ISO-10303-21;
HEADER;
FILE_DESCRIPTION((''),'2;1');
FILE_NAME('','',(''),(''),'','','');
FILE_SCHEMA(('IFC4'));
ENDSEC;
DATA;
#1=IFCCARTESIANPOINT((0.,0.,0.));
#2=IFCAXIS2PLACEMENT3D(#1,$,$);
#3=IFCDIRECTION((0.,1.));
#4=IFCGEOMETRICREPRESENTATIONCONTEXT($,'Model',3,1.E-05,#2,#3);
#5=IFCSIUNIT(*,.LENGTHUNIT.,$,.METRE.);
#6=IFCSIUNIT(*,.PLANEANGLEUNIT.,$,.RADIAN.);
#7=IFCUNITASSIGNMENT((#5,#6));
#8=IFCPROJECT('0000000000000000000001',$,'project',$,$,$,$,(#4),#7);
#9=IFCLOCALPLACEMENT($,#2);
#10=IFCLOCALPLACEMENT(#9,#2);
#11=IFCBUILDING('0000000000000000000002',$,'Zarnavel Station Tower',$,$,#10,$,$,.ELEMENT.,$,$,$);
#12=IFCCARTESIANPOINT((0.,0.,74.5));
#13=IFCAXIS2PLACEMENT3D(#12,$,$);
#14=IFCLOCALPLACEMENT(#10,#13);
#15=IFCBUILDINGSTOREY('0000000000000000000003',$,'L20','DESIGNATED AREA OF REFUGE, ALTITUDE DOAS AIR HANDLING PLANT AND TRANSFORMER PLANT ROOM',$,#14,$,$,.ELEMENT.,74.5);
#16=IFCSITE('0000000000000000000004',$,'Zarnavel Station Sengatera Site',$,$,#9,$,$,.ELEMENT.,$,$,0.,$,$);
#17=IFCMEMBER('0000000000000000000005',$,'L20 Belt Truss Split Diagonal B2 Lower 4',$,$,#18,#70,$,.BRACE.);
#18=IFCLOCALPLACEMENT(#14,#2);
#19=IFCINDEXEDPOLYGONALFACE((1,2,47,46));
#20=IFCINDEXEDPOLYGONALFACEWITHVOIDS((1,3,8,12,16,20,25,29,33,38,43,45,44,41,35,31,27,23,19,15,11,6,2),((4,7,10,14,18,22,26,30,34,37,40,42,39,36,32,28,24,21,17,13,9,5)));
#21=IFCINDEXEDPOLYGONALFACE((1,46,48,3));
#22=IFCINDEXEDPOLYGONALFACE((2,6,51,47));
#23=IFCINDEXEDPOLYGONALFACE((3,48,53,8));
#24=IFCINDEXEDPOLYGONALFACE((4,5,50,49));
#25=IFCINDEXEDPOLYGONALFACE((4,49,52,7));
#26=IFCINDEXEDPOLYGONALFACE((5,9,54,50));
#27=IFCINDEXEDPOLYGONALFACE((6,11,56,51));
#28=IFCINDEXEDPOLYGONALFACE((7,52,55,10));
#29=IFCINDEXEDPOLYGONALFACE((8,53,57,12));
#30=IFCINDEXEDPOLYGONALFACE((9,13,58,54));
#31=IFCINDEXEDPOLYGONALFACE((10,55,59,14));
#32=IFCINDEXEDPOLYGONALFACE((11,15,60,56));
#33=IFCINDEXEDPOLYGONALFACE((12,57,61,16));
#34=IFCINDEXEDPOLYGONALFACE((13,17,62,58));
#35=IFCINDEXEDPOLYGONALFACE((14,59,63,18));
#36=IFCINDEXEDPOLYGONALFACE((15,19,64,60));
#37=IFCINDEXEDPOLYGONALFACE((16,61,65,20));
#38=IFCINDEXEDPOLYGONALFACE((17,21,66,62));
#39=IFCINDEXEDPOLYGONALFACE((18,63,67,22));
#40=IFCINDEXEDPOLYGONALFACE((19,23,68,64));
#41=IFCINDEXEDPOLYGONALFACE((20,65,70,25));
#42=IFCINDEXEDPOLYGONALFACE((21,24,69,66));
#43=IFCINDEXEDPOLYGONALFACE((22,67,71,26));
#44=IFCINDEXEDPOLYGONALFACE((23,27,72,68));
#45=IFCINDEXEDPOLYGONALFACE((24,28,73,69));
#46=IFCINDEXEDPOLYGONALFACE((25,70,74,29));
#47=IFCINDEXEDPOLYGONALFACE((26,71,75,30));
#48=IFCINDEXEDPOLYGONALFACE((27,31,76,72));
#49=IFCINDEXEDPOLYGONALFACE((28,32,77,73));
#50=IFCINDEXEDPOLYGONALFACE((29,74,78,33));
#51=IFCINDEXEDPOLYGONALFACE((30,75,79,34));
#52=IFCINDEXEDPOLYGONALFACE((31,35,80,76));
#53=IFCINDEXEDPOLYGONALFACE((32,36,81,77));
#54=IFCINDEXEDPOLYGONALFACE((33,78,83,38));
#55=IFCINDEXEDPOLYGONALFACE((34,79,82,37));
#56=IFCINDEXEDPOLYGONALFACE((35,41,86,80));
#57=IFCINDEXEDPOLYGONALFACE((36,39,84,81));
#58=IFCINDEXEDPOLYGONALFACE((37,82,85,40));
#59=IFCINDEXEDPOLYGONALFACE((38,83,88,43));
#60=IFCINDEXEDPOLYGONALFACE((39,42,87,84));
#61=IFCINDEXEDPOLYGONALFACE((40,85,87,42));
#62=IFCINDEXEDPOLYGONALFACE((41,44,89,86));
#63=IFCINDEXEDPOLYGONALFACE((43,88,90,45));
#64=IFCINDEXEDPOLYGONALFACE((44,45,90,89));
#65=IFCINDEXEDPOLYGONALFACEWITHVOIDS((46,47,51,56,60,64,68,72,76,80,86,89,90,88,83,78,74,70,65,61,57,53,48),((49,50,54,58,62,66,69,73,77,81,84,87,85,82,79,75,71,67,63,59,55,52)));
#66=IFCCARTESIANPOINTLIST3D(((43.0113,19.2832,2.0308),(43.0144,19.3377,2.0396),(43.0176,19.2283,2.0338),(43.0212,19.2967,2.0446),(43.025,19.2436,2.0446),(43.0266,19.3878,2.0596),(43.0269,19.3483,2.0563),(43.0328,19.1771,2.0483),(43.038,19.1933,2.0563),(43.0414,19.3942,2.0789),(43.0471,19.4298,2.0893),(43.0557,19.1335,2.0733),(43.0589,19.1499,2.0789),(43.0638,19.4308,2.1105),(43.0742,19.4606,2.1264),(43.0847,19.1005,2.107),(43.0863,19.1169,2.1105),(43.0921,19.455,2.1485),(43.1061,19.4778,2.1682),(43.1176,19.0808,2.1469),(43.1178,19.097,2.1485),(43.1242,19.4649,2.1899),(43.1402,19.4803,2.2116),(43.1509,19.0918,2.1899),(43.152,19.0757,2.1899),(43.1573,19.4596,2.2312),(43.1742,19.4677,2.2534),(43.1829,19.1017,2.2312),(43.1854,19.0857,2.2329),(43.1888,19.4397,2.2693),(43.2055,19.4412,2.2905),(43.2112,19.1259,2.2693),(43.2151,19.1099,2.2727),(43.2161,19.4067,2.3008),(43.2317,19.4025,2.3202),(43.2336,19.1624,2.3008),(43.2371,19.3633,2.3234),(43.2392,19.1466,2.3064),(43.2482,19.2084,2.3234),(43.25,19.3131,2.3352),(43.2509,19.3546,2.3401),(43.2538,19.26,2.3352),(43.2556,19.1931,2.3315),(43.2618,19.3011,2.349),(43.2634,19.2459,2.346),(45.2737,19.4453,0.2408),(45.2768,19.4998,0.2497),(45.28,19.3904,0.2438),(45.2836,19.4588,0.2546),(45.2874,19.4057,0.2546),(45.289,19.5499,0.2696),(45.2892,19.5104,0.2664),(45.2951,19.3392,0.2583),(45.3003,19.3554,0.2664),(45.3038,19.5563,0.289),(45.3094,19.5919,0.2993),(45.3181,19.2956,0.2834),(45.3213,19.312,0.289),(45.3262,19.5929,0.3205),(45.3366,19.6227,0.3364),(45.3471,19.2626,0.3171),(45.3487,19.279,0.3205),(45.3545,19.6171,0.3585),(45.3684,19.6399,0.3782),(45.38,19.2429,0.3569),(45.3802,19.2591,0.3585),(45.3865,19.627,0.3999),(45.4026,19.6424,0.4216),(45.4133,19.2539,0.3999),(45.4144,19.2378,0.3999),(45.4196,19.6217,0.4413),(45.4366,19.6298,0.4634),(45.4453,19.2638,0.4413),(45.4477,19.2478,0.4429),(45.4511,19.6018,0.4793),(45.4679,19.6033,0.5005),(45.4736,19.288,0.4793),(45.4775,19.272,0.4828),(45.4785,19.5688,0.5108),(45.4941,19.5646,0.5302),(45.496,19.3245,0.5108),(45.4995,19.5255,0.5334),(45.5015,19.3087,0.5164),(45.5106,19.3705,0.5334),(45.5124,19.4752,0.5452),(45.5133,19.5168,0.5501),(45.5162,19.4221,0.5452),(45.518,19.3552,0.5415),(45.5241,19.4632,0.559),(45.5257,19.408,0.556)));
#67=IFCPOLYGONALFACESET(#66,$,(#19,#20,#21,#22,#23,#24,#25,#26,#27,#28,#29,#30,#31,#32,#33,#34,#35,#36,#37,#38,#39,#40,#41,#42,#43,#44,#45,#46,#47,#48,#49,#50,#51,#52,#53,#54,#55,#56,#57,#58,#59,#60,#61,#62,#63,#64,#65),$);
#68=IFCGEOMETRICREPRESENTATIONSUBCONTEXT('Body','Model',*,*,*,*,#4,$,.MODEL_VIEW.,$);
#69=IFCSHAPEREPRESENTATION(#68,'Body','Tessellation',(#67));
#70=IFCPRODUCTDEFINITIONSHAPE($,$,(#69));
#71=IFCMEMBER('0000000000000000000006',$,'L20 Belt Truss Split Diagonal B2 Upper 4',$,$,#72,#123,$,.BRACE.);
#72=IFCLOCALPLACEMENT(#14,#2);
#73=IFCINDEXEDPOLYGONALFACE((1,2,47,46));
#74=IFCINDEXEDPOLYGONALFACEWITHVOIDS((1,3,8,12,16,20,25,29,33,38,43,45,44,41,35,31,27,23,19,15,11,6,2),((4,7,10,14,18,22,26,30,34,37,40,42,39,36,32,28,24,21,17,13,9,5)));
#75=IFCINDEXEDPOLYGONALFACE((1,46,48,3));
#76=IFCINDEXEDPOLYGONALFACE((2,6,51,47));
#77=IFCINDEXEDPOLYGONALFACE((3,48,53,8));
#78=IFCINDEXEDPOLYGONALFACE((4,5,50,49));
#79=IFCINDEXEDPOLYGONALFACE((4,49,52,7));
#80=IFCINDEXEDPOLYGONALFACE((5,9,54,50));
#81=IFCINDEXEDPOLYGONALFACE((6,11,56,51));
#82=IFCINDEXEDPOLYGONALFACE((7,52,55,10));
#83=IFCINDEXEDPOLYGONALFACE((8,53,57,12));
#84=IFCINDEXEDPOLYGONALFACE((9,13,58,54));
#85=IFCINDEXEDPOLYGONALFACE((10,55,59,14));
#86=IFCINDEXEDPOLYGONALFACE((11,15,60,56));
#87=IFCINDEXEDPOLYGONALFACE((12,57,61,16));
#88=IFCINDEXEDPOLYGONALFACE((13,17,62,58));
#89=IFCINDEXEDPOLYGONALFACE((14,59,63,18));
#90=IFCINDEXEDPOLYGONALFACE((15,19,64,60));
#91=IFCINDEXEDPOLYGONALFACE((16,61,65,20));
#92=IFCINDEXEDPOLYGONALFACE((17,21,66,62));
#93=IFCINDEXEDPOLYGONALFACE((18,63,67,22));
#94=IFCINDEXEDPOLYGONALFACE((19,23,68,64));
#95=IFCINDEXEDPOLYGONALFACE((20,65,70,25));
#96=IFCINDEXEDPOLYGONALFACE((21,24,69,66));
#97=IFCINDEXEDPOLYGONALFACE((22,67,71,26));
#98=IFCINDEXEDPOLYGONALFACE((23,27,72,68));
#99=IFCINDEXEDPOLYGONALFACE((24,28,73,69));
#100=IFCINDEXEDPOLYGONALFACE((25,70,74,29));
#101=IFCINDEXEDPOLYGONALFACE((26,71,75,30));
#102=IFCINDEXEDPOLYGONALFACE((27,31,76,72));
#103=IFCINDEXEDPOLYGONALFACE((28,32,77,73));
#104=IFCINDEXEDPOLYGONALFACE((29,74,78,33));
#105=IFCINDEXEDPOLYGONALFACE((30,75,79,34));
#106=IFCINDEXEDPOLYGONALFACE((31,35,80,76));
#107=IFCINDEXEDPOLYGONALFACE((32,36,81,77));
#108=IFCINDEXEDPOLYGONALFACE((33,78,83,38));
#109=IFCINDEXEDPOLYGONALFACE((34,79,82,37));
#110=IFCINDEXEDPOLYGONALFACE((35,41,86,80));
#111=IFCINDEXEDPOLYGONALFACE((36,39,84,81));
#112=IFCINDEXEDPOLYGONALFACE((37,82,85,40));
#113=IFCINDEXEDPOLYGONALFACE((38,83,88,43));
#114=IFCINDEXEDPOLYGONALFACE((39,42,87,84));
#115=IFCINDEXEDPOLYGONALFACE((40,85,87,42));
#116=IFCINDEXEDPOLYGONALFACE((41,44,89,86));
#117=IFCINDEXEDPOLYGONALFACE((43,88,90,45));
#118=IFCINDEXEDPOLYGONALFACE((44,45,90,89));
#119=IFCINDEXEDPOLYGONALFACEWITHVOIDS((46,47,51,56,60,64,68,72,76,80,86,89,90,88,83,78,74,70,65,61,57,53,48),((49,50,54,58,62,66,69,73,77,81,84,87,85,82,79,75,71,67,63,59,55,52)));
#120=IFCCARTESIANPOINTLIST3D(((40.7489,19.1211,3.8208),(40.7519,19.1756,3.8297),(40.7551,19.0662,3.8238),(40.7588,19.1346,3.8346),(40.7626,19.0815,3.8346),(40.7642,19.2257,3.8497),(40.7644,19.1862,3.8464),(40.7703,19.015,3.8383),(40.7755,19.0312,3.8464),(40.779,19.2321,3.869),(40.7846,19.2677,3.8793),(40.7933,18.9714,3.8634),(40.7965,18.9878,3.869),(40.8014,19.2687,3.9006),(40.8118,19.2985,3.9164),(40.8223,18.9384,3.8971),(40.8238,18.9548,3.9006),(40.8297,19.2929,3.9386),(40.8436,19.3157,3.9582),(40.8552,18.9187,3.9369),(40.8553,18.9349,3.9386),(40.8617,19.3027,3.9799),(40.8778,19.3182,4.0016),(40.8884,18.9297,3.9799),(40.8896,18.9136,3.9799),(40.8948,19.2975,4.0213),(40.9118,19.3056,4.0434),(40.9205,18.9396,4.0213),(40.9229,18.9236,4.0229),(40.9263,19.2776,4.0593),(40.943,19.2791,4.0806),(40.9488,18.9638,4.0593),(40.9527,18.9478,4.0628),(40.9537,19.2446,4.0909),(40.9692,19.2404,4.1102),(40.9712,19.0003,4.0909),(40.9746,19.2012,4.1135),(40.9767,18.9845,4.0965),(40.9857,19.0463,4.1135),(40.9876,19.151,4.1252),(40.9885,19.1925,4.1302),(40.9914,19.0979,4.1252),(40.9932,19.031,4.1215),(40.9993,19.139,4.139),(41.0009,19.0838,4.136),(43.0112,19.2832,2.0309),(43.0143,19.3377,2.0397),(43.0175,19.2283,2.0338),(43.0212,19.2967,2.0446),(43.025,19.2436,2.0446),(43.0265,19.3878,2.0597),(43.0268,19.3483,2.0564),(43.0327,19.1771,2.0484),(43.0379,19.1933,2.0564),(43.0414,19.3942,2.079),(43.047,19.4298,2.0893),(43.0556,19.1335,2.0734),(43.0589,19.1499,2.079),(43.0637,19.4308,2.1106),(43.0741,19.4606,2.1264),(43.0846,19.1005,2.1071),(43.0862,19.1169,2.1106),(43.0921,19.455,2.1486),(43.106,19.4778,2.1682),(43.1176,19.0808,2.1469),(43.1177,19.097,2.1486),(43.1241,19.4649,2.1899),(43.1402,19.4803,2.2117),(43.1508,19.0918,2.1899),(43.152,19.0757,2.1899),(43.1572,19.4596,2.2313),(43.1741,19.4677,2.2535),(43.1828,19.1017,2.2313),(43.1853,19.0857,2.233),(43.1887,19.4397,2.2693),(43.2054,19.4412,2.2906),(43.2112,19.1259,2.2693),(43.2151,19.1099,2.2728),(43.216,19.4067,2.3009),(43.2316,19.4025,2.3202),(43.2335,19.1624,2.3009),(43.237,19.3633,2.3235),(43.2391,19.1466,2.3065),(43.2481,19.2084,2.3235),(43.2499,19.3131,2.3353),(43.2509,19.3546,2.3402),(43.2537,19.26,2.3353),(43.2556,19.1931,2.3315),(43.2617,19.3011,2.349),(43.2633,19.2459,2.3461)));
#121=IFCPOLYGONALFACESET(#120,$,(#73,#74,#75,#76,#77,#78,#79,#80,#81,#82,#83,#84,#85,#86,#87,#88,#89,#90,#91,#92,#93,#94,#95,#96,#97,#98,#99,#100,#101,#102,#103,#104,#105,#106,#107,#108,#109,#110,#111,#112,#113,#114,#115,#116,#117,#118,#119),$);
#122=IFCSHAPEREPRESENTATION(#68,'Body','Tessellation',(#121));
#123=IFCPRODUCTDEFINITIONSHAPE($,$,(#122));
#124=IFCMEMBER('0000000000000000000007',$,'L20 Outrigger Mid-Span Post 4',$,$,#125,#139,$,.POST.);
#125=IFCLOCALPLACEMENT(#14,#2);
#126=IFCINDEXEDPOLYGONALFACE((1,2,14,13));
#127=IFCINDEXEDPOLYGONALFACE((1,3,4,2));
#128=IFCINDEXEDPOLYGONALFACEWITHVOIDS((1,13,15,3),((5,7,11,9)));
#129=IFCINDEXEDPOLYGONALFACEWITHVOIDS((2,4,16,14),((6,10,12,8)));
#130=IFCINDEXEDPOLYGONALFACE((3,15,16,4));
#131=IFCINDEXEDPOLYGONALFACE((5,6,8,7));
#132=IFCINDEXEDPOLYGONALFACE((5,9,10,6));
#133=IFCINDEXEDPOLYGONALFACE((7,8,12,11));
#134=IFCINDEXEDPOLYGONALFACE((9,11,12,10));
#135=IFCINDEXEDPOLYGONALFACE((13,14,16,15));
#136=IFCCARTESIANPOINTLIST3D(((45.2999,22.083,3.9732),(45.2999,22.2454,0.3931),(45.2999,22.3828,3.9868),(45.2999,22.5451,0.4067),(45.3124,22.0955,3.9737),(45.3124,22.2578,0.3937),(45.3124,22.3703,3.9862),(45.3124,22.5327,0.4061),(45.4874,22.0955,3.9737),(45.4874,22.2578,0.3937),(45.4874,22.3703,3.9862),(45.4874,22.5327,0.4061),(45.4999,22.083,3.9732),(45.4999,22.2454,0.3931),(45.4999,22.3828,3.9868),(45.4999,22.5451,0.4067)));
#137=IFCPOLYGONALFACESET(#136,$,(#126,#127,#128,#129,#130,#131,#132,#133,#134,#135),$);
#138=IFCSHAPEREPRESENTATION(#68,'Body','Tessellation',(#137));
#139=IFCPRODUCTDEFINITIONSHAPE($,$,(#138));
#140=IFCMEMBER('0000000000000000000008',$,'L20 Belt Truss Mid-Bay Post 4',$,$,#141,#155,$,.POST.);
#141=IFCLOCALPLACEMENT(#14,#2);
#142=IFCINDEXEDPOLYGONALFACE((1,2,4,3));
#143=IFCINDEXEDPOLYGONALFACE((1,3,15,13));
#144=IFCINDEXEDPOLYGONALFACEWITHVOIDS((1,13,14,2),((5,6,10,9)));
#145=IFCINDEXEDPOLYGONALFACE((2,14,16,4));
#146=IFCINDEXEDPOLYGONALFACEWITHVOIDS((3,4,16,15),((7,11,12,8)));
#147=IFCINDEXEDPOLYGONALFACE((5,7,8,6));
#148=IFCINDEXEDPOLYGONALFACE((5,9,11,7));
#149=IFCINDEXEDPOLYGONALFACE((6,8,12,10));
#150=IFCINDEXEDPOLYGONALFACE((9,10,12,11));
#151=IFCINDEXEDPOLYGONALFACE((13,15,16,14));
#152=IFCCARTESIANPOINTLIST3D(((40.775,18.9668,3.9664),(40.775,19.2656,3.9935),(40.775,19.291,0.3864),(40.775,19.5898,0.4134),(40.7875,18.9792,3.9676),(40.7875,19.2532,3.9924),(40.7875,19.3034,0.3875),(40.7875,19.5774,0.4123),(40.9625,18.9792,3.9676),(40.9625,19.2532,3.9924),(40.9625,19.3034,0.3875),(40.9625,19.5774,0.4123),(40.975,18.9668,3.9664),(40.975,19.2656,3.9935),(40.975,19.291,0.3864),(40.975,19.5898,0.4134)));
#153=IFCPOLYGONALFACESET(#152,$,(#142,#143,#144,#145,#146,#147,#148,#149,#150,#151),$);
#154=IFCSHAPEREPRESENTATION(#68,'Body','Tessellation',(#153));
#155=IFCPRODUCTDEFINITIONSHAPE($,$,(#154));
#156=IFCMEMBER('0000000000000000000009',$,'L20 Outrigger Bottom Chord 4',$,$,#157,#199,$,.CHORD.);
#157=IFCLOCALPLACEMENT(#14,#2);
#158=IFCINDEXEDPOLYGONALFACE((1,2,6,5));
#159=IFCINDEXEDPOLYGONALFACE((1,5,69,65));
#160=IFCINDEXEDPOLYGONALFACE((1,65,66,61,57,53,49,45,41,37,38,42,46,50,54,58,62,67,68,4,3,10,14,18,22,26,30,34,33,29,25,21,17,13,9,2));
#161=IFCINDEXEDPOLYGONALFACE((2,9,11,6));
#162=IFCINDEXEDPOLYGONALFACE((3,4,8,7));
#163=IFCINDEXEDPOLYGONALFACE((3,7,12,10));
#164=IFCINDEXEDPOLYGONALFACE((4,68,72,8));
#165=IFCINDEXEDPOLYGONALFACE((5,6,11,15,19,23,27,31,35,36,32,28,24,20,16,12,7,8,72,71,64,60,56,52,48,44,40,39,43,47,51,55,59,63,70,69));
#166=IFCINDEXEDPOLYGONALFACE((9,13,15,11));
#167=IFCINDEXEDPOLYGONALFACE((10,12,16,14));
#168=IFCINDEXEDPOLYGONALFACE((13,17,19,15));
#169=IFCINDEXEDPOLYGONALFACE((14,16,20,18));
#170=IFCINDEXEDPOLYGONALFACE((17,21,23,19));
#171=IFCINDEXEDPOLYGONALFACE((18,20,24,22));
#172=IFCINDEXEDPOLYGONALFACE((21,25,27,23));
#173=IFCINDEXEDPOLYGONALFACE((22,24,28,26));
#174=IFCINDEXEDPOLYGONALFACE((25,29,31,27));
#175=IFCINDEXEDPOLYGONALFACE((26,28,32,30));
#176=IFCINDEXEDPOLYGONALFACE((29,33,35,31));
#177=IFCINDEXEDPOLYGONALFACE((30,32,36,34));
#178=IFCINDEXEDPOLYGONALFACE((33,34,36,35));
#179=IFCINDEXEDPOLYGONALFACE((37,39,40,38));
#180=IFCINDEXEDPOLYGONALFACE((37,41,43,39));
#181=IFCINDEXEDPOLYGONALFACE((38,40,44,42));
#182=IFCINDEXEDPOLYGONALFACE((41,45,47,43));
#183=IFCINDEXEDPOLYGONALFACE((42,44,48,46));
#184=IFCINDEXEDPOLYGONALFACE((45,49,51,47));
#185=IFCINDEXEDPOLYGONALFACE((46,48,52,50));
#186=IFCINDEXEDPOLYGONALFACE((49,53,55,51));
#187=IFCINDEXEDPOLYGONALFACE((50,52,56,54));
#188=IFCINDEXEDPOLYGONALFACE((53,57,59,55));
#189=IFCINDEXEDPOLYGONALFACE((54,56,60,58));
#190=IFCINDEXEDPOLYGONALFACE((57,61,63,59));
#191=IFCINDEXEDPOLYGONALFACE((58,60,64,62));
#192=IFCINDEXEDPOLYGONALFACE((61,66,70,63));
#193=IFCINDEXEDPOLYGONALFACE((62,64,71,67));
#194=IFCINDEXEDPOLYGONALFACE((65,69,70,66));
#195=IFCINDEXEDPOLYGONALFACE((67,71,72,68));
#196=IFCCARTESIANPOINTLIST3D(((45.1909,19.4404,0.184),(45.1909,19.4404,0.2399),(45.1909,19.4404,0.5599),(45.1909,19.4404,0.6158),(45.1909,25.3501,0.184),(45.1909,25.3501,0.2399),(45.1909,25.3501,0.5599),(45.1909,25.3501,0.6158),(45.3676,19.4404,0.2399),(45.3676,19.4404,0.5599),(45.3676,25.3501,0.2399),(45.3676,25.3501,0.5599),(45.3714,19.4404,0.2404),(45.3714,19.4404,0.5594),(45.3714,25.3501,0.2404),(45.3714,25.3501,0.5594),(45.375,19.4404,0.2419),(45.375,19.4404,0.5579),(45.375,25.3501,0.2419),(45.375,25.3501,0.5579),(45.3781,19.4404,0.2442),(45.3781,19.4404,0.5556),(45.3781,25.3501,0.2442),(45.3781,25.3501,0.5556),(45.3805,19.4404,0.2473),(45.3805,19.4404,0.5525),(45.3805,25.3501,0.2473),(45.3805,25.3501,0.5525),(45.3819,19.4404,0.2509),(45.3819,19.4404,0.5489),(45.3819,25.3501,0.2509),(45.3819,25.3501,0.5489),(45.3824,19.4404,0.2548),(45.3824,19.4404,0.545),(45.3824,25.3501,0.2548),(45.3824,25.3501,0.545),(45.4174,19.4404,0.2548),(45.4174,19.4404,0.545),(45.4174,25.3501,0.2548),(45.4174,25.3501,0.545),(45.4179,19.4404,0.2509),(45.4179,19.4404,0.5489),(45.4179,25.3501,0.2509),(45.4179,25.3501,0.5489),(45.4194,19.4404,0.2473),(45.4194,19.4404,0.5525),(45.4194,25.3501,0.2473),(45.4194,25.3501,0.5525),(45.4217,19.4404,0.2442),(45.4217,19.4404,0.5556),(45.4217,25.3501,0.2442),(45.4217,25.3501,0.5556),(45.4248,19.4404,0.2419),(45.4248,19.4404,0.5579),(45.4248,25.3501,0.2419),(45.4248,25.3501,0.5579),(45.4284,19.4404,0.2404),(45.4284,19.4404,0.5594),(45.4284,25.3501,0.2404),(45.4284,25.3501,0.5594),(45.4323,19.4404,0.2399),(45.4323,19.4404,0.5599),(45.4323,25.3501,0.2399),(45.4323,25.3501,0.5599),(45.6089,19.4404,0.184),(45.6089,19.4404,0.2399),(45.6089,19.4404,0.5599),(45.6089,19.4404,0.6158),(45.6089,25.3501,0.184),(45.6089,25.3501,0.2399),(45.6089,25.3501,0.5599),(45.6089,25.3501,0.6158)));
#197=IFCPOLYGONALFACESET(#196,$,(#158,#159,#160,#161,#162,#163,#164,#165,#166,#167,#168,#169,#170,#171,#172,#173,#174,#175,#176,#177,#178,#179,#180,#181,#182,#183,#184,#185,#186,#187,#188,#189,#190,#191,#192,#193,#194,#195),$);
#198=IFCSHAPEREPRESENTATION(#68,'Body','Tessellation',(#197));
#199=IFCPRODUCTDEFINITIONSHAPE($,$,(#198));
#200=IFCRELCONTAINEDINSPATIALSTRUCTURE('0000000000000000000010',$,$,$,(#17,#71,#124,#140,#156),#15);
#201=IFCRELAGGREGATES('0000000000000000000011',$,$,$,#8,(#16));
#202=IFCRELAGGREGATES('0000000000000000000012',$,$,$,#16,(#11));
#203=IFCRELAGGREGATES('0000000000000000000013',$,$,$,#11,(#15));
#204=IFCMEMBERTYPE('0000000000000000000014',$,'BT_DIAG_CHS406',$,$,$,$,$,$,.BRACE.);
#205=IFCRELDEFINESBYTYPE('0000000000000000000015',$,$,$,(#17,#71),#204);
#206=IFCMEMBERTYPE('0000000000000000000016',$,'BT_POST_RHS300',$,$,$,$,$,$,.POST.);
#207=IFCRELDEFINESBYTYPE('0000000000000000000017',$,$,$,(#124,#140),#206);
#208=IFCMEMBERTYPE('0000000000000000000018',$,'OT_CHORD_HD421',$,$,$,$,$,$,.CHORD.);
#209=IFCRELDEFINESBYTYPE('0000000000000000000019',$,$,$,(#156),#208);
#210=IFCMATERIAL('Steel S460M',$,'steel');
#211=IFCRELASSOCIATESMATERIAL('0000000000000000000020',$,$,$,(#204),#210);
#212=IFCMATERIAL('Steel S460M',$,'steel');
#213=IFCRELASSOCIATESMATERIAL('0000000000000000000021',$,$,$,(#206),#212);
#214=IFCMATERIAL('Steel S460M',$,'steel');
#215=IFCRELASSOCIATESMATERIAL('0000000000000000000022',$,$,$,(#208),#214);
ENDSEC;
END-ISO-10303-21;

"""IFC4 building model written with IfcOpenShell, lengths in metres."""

from ifc_helpers import new_model, si_unit, direction, frame, origin, origin_2d, place, context, subcontext, project, spatial, hollow_rectangle, hollow_circle, i_section, extrude, material, material_profile, profile_set, type_object, element, save


model = new_model("IFC4")

# Units and contexts
model_context = context("Model", 3, precision=1e-05, world=origin(), true_north=direction((0.0, 1.0)))
body_context = subcontext(model_context, "Body", "Model", "MODEL_VIEW")
ifc_project = project(units=[si_unit("LENGTHUNIT", "METRE"), si_unit("PLANEANGLEUNIT", "RADIAN")], contexts=[model_context])

# Site, building, storey
site_placement = place(None, origin())
site = spatial("IfcSite", under=ifc_project, at=site_placement, Name="Zarnavel Station Sengatera Site", CompositionType="ELEMENT", RefElevation=0.0)
building_placement = place(site_placement, origin())
building = spatial("IfcBuilding", under=site, at=building_placement, Name="Zarnavel Station Tower", CompositionType="ELEMENT")
storey_placement = place(building_placement, frame((0.0, 0.0, 74.5)))
storey = spatial("IfcBuildingStorey", under=building, at=storey_placement, Name="L20", Description="DESIGNATED AREA OF REFUGE, ALTITUDE DOAS AIR HANDLING PLANT AND TRANSFORMER PLANT ROOM", CompositionType="ELEMENT", Elevation=74.5)

# Members
ifc_material_1 = material(Name="Steel S460M", Category="steel")
ifc_material_profile_1 = material_profile(ifc_material_1, hollow_circle(Radius=0.2031, WallThickness=0.0161, at=origin_2d()), Name="CHS406.4x16")
ifc_profile_set_1 = profile_set([ifc_material_profile_1], Name="Steel S460M")
member_type_1 = type_object("IfcMemberType", Name="BT_DIAG_CHS406", PredefinedType="BRACE", material=ifc_profile_set_1)
for number, where, z_axis, x_axis, name in (
    (1, (45.3999, 19.4404, 0.3999), (-0.782991, -0.056103, 0.619498), (0.071469, -0.997443, 0.0), "L20 Belt Truss Split Diagonal B2 Lower 4"),
    (2, (43.1375, 19.2783, 2.1899), (-0.782991, -0.056103, 0.619498), (0.071469, -0.997443, 0.0), "L20 Belt Truss Split Diagonal B2 Upper 4"),
):
    element("IfcMember", number, at=place(storey_placement, frame(where, z_axis=z_axis, x_axis=x_axis)), inside=storey, type_object=member_type_1, Name=name, PredefinedType="BRACE", context=body_context, shape_type="SweptSolid", body=[
        extrude(hollow_circle(Radius=0.2031, WallThickness=0.0161, at=origin_2d()), origin(), (0.0, 0.0, 1.0), 2.8894),
    ])
ifc_material_2 = material(Name="Steel S460M", Category="steel")
ifc_material_profile_2 = material_profile(ifc_material_2, hollow_rectangle(XDim=0.2, YDim=0.3, WallThickness=0.0125, at=origin_2d()), Name="RHS300x200x12.5")
ifc_profile_set_2 = profile_set([ifc_material_profile_2], Name="Steel S460M")
member_type_2 = type_object("IfcMemberType", Name="BT_POST_RHS300", PredefinedType="POST", material=ifc_profile_set_2)
member_1_placement = place(storey_placement, frame((45.3999, 22.3953, 0.3999), z_axis=(0.0, -0.045303, 0.998973), x_axis=(1.0, 0.0, 0.0)))
element("IfcMember", 3, at=member_1_placement, inside=storey, type_object=member_type_2, Name="L20 Outrigger Mid-Span Post 4", PredefinedType="POST", context=body_context, shape_type="SweptSolid", body=[
    extrude(hollow_rectangle(XDim=0.2, YDim=0.3, WallThickness=0.0125, at=origin_2d()), origin(), (0.0, 0.0, 1.0), 3.5837),
])
member_2_placement = place(storey_placement, frame((40.875, 19.4404, 0.3999), z_axis=(0.0, -0.090193, 0.995924), x_axis=(1.0, 0.0, 0.0)))
element("IfcMember", 4, at=member_2_placement, inside=storey, type_object=member_type_2, Name="L20 Belt Truss Mid-Bay Post 4", PredefinedType="POST", context=body_context, shape_type="SweptSolid", body=[
    extrude(hollow_rectangle(XDim=0.2, YDim=0.3, WallThickness=0.0125, at=origin_2d()), origin(), (0.0, 0.0, 1.0), 3.5947),
])
ifc_material_3 = material(Name="Steel S460M", Category="steel")
ifc_material_profile_3 = material_profile(ifc_material_3, i_section(OverallWidth=0.418, OverallDepth=0.4319, WebThickness=0.0349, FlangeThickness=0.0559, FilletRadius=0.0149, at=origin_2d()), Name="HD400x421")
ifc_profile_set_3 = profile_set([ifc_material_profile_3], Name="Steel S460M")
member_type_3 = type_object("IfcMemberType", Name="OT_CHORD_HD421", PredefinedType="CHORD", material=ifc_profile_set_3)
member_3_placement = place(storey_placement, frame((45.3999, 19.4404, 0.3999), z_axis=(0.0, 1.0, 0.0), x_axis=(-1.0, 0.0, 0.0)))
element("IfcMember", 5, at=member_3_placement, inside=storey, type_object=member_type_3, Name="L20 Outrigger Bottom Chord 4", PredefinedType="CHORD", context=body_context, shape_type="SweptSolid", body=[
    extrude(i_section(OverallWidth=0.418, OverallDepth=0.4319, WebThickness=0.0349, FlangeThickness=0.0559, FilletRadius=0.0149, at=origin_2d()), origin(), (0.0, 0.0, 1.0), 5.9097),
])

save(model, "model.ifc")
